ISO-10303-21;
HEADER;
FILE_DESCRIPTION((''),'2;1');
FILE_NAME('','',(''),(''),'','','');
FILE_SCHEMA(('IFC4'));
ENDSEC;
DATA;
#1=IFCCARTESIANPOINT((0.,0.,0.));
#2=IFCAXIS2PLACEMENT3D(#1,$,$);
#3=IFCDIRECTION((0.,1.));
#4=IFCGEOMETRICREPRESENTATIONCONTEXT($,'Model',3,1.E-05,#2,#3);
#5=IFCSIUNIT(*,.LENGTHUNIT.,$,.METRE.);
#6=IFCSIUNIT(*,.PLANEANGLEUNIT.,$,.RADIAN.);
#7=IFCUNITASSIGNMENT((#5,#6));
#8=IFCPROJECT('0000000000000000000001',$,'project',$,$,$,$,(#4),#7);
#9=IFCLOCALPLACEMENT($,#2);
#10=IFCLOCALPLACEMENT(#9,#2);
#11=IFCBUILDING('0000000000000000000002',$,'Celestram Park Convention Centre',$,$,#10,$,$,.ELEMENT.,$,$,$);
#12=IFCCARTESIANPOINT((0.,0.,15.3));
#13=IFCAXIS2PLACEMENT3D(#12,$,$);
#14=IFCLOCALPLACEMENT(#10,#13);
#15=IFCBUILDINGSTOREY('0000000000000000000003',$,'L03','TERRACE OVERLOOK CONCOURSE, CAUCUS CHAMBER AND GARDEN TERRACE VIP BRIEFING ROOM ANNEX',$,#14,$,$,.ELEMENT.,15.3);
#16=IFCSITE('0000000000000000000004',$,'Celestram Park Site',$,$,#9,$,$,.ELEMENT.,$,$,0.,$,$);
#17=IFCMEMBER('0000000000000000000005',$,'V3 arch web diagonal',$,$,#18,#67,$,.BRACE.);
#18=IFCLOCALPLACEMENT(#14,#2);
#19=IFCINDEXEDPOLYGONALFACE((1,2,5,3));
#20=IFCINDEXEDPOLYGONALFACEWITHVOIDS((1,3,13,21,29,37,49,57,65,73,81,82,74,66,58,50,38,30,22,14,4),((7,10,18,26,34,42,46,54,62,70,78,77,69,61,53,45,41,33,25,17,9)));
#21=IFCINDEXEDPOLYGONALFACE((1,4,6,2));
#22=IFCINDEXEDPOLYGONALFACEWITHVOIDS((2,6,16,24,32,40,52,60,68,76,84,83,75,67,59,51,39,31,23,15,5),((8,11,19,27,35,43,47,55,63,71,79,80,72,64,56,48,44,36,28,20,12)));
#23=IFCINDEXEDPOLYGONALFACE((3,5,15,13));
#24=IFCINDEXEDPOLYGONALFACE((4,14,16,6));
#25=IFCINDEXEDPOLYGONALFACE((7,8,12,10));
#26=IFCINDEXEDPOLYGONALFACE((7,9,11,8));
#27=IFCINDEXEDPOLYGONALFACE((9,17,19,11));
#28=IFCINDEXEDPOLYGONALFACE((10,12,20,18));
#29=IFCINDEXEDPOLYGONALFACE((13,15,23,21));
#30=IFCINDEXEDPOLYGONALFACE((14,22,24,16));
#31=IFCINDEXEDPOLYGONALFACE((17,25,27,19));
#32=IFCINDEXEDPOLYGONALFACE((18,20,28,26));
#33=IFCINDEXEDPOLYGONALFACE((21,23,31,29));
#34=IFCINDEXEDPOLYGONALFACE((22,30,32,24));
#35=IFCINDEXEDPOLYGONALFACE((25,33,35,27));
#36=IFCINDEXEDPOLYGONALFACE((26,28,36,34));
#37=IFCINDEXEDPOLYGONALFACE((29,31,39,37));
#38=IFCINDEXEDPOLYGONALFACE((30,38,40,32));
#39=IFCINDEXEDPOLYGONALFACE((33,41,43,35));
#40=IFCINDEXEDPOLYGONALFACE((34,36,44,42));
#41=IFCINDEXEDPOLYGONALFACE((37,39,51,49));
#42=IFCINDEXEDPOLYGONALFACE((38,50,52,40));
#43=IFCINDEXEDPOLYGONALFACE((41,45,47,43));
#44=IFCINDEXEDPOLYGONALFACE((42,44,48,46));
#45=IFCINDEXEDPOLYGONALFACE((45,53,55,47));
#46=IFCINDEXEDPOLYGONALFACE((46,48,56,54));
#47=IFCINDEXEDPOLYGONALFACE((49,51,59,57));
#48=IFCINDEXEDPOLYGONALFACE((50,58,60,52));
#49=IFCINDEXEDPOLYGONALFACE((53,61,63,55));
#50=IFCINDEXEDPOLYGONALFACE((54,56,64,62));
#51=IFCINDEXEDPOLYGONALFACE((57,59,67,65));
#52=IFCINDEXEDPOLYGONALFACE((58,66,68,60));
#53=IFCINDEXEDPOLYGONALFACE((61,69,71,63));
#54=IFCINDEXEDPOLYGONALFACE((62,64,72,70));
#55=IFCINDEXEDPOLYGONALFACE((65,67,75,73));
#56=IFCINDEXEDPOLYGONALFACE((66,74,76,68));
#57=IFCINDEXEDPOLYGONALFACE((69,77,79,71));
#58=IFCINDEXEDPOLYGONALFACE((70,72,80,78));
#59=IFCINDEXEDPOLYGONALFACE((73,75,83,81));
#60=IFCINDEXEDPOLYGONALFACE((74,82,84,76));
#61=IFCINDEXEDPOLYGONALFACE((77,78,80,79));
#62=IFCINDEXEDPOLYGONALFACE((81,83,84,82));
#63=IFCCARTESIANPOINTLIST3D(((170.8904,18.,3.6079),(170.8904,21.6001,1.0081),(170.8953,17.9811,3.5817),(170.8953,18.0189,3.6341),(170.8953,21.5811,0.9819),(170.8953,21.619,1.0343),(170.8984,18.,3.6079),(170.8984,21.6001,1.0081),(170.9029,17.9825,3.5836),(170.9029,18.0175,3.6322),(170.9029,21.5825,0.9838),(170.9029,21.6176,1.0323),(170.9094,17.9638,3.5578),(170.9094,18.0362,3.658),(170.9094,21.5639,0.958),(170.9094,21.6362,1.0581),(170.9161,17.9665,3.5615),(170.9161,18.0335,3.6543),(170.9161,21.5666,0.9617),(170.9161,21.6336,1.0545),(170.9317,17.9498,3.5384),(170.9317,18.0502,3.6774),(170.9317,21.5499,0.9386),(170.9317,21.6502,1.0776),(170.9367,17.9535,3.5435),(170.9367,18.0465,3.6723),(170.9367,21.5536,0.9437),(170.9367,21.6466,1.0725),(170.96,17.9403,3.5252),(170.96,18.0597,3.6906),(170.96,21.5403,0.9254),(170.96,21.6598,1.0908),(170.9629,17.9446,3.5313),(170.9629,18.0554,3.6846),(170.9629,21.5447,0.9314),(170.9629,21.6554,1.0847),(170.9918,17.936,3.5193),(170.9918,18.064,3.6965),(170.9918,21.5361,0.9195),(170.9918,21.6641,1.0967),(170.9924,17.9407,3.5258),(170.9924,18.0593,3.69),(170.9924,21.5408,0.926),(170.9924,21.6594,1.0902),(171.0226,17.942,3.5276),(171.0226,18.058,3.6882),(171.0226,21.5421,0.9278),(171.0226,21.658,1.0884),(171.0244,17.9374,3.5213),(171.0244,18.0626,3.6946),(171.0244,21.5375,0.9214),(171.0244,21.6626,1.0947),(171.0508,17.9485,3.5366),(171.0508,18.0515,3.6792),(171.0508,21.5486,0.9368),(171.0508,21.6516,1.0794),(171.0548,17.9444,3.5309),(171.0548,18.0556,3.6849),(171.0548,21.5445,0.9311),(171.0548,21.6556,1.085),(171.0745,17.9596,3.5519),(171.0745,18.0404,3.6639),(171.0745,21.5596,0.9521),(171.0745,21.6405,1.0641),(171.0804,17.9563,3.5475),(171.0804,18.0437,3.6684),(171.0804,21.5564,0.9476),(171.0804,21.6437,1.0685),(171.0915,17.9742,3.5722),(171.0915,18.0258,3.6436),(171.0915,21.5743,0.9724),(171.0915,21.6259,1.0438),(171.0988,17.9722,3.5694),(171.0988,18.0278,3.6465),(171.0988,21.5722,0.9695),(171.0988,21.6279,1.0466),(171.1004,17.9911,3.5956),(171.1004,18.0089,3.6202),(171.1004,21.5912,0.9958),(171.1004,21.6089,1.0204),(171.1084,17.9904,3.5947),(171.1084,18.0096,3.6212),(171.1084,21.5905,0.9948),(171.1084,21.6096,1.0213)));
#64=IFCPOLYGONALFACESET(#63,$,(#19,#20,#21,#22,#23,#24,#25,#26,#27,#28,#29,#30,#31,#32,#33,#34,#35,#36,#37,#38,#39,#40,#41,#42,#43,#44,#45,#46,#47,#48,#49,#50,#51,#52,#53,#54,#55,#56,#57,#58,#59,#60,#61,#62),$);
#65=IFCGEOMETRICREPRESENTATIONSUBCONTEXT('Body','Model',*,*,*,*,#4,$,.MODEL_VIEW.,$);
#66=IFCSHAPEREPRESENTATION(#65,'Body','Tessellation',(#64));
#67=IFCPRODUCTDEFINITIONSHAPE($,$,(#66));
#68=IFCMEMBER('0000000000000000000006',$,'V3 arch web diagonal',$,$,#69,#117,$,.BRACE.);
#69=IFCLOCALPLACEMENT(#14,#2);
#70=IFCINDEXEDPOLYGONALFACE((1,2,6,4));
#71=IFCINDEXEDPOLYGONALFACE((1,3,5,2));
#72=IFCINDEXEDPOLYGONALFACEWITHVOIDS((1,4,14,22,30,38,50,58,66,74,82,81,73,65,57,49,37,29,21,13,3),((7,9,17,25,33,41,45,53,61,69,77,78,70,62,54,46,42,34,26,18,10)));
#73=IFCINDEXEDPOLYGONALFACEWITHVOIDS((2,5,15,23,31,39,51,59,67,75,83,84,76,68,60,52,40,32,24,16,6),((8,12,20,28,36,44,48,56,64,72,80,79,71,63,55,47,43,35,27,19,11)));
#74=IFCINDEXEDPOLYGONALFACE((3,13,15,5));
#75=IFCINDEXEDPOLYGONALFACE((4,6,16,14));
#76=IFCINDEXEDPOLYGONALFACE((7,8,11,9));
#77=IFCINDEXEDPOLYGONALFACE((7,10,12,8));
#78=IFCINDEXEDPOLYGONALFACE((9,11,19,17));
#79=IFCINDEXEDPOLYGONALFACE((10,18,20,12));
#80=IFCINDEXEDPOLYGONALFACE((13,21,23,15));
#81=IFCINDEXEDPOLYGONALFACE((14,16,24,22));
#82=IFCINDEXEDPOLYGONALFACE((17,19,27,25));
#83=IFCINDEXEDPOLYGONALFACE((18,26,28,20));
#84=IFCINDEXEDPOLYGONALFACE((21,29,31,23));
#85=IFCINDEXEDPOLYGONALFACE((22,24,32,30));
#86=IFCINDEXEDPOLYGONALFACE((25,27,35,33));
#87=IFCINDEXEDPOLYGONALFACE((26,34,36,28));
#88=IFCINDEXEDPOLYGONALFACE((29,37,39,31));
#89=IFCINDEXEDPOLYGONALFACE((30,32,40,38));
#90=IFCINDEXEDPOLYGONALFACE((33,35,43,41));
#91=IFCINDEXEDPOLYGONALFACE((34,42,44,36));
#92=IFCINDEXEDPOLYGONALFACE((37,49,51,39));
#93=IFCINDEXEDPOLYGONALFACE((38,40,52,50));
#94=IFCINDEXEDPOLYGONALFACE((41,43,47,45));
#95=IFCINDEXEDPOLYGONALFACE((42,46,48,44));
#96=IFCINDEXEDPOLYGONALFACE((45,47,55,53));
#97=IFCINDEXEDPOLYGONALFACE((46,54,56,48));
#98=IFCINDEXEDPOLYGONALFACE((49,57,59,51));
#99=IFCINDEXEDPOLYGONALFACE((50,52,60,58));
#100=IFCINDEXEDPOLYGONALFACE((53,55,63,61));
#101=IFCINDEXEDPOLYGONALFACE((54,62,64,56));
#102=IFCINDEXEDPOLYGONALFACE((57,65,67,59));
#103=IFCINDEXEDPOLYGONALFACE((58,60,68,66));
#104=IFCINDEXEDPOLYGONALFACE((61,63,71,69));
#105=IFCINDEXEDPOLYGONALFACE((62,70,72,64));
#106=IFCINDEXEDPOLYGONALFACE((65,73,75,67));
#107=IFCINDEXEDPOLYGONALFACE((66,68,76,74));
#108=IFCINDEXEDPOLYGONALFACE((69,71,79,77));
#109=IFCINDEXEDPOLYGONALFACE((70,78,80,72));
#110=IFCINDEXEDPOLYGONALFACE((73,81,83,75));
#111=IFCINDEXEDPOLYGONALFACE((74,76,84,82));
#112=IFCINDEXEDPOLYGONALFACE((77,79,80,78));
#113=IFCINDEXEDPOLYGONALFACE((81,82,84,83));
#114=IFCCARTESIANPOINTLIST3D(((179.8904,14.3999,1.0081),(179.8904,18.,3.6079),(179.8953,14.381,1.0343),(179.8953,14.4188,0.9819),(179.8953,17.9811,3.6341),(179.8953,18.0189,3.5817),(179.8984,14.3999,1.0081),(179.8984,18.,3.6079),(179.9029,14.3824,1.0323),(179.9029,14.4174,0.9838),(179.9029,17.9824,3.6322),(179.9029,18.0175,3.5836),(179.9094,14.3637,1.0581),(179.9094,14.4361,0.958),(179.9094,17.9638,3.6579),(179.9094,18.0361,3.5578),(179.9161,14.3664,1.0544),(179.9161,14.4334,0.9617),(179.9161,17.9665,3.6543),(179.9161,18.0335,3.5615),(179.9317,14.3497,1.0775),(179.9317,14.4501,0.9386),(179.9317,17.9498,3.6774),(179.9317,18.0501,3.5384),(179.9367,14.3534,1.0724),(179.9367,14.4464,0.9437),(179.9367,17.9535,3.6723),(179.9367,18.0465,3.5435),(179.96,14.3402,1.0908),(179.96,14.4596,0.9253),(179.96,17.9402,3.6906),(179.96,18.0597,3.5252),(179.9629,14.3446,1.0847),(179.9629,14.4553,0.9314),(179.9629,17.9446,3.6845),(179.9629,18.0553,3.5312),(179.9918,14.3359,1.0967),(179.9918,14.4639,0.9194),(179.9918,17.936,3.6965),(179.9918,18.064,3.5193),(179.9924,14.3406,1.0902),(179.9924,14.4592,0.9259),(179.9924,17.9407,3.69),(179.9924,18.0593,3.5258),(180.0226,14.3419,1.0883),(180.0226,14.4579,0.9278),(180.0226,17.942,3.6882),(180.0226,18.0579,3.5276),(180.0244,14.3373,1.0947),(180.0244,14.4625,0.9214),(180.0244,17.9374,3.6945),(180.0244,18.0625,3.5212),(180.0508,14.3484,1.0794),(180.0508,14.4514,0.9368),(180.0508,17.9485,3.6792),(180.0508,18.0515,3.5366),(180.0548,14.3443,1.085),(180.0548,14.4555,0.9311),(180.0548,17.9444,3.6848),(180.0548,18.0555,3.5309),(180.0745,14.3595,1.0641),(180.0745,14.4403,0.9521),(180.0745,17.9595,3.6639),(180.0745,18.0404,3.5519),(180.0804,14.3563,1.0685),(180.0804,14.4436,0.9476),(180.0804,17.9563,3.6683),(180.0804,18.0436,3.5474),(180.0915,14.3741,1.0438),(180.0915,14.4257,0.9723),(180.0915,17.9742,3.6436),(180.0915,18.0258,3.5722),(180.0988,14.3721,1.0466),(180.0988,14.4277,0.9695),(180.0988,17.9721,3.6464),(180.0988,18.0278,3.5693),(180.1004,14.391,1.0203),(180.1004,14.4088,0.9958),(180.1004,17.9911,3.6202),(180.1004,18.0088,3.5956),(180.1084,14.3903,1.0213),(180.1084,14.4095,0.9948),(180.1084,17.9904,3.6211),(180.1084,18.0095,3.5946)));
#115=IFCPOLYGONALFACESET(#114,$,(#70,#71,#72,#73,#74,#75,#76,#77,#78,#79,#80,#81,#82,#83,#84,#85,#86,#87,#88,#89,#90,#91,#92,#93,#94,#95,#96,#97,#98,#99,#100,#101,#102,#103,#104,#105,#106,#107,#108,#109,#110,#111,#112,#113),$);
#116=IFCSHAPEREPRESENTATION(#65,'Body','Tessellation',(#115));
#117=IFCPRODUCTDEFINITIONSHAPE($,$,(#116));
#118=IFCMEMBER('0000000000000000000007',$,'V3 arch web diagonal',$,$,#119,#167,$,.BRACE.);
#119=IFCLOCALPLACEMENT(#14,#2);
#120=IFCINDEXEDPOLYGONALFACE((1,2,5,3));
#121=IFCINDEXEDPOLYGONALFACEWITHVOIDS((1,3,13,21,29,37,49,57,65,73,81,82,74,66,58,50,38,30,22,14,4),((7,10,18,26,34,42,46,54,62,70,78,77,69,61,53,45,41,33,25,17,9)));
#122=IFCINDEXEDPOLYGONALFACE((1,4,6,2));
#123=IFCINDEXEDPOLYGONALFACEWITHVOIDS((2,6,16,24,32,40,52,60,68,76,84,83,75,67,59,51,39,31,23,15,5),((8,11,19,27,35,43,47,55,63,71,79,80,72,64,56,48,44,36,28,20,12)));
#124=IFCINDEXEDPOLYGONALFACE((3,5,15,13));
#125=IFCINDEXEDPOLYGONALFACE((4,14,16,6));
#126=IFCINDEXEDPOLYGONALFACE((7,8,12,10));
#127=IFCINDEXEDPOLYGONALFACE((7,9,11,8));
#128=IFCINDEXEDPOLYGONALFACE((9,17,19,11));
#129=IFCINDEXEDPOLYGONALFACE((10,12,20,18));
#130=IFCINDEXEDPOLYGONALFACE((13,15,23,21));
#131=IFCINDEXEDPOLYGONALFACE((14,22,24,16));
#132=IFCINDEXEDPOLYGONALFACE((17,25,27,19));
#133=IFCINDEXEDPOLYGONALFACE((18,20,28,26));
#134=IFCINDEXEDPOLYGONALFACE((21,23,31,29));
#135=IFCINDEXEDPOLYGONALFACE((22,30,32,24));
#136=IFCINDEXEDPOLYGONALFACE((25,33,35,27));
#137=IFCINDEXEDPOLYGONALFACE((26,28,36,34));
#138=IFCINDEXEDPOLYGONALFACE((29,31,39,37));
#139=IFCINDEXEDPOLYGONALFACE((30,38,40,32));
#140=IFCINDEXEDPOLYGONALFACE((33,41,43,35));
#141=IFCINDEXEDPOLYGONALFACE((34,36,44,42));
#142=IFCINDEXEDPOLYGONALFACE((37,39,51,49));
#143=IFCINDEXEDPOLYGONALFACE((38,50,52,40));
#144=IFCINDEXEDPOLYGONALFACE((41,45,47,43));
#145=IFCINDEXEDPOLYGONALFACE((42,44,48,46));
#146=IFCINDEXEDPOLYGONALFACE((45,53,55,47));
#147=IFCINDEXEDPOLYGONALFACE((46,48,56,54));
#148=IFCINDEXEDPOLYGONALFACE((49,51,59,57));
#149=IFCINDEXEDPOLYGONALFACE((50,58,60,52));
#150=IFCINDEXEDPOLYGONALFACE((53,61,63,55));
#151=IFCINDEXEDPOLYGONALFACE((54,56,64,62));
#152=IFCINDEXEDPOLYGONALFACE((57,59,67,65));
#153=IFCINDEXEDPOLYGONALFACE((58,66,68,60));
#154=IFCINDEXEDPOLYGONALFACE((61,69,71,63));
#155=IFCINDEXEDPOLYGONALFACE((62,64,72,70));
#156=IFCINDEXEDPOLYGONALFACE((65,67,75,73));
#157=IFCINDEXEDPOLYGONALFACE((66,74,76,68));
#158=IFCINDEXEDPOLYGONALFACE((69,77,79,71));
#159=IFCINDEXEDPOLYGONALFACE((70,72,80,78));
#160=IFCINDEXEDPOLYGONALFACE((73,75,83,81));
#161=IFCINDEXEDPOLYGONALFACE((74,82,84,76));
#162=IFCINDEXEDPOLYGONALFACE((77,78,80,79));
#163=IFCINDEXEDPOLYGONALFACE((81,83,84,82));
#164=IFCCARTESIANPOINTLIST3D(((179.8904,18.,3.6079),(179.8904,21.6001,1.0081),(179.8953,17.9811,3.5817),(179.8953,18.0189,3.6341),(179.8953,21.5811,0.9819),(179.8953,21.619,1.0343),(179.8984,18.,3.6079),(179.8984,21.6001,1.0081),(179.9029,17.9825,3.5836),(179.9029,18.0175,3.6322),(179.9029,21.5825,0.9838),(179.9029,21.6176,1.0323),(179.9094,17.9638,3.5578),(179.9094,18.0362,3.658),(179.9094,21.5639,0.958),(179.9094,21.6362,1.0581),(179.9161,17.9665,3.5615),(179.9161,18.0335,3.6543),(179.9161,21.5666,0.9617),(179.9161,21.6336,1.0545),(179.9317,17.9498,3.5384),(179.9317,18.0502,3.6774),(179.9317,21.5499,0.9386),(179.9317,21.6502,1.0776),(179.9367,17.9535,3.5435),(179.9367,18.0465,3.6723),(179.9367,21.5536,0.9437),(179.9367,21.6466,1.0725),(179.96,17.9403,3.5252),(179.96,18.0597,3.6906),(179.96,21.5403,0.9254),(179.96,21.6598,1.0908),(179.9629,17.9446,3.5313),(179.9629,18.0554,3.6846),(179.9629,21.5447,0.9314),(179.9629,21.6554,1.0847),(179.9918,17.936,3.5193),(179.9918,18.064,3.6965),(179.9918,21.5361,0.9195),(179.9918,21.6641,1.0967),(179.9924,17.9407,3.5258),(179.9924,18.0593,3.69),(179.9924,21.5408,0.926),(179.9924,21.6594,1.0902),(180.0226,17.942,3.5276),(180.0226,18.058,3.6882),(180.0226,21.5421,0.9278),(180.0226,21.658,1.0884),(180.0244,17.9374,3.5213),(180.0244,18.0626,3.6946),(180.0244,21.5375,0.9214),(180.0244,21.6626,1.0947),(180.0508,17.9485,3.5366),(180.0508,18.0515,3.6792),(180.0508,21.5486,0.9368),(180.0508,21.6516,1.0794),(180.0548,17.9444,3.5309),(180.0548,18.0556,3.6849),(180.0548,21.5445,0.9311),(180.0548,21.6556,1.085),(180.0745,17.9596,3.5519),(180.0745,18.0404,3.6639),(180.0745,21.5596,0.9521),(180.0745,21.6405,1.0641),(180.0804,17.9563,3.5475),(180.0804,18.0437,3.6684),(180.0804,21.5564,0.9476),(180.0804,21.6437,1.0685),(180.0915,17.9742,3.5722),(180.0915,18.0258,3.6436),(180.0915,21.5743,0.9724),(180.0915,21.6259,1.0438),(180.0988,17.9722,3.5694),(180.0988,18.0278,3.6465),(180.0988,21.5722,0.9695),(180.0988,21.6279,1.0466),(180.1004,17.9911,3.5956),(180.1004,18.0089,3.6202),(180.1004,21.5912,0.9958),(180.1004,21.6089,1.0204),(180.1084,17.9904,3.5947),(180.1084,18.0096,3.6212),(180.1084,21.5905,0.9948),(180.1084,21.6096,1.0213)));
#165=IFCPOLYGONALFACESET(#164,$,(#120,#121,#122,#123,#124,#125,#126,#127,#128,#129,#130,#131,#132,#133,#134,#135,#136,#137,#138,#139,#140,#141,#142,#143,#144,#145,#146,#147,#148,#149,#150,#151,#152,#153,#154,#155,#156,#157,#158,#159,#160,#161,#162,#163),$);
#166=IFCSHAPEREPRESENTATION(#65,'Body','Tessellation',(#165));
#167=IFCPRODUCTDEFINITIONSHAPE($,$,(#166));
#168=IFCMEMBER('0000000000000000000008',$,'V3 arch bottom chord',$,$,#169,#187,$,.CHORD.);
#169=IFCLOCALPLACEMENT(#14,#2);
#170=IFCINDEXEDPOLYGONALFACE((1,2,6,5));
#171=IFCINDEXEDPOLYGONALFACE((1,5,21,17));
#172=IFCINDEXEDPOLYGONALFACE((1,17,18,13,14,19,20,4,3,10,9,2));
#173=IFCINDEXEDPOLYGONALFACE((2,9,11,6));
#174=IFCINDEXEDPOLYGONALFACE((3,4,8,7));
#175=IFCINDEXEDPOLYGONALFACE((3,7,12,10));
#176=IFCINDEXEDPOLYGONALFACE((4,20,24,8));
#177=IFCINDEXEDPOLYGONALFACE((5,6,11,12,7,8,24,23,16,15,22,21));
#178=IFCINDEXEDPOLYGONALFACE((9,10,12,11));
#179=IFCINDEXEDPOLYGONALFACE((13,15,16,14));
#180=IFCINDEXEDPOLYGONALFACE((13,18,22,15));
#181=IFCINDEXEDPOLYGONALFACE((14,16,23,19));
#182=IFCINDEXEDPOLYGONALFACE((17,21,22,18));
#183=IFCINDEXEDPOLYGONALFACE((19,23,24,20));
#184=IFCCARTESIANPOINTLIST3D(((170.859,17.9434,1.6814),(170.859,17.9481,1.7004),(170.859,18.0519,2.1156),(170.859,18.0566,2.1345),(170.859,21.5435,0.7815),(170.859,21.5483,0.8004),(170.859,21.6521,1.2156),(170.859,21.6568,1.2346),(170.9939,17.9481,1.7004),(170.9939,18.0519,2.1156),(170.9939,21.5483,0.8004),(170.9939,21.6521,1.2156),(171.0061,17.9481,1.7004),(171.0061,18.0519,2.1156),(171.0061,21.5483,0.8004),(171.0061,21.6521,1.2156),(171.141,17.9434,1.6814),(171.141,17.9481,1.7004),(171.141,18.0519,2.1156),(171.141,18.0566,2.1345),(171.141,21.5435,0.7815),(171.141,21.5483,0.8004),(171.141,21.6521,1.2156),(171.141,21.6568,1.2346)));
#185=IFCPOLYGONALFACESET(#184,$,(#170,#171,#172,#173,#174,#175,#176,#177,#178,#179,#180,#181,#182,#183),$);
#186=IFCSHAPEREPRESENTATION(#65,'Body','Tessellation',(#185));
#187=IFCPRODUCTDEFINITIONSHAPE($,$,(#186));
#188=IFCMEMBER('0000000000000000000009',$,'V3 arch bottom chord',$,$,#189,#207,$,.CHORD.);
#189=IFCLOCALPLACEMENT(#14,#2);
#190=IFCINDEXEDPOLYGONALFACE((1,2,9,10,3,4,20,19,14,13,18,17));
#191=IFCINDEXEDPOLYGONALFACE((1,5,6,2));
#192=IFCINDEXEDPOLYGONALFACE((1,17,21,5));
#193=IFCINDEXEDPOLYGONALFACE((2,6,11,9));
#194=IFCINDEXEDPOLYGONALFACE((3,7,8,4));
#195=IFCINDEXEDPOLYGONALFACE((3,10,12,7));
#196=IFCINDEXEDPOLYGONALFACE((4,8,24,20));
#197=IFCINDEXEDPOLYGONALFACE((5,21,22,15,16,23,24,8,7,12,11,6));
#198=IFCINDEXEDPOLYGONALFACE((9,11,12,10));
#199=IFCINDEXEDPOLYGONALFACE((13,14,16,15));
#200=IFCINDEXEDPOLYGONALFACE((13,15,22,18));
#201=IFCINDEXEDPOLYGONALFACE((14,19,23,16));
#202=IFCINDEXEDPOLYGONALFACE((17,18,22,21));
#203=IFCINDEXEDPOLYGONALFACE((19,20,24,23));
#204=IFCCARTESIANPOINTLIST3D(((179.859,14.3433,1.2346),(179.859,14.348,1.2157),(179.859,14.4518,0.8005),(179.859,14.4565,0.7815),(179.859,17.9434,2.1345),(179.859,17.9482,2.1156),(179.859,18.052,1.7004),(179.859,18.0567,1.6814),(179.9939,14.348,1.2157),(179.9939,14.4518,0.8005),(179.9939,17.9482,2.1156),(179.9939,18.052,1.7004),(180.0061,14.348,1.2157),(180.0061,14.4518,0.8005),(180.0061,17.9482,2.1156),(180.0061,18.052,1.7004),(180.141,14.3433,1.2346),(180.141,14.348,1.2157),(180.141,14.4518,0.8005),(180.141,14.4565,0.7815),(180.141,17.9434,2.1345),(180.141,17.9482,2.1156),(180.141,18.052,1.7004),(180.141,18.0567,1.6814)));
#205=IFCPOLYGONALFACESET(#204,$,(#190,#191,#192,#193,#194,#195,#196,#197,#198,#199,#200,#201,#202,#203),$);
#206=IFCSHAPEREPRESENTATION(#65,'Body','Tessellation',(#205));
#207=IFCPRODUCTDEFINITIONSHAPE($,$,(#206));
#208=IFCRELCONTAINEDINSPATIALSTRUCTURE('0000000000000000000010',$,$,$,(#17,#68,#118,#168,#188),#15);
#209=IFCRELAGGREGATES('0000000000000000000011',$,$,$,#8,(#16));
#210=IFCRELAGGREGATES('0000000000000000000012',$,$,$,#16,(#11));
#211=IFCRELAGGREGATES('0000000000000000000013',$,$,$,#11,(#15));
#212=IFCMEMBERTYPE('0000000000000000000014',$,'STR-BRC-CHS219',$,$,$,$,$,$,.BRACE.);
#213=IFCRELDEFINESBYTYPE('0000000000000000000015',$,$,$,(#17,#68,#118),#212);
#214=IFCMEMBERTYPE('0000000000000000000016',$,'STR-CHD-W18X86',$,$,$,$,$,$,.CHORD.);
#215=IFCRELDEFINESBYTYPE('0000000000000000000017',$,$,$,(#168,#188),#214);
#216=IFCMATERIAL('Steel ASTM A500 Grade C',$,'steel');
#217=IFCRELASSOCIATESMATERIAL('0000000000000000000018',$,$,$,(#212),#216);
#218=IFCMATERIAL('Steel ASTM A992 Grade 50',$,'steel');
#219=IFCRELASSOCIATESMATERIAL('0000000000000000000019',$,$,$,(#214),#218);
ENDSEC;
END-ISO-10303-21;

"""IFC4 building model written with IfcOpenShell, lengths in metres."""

from ifc_helpers import new_model, si_unit, direction, frame, origin, origin_2d, place, context, subcontext, project, spatial, hollow_circle, i_section, extrude, material, material_profile, profile_set, type_object, element, save


model = new_model("IFC4")

# Units and contexts
model_context = context("Model", 3, precision=1e-05, world=origin(), true_north=direction((0.0, 1.0)))
body_context = subcontext(model_context, "Body", "Model", "MODEL_VIEW")
ifc_project = project(units=[si_unit("LENGTHUNIT", "METRE"), si_unit("PLANEANGLEUNIT", "RADIAN")], contexts=[model_context])

# Site, building, storey
site_placement = place(None, origin())
site = spatial("IfcSite", under=ifc_project, at=site_placement, Name="Celestram Park Site", CompositionType="ELEMENT", RefElevation=0.0)
building_placement = place(site_placement, origin())
building = spatial("IfcBuilding", under=site, at=building_placement, Name="Celestram Park Convention Centre", CompositionType="ELEMENT")
storey_placement = place(building_placement, frame((0.0, 0.0, 15.3)))
storey = spatial("IfcBuildingStorey", under=building, at=storey_placement, Name="L03", Description="TERRACE OVERLOOK CONCOURSE, CAUCUS CHAMBER AND GARDEN TERRACE VIP BRIEFING ROOM ANNEX", CompositionType="ELEMENT", Elevation=15.3)

# Members
ifc_material_1 = material(Name="Steel ASTM A500 Grade C", Category="steel")
ifc_material_profile_1 = material_profile(ifc_material_1, hollow_circle(Radius=0.1096, WallThickness=0.0081, at=origin_2d()), Name="CHS219X8")
ifc_profile_set_1 = profile_set([ifc_material_profile_1], Name="Steel ASTM A500 Grade C")
member_type_1 = type_object("IfcMemberType", Name="STR-BRC-CHS219", PredefinedType="BRACE", material=ifc_profile_set_1)
for number, where, z_axis, x_axis, name in (
    (1, (171.0, 18.0, 3.6079), (0.0, 0.810702, -0.585458), (-1.0, 0.0, 0.0), "V3 arch web diagonal"),
    (2, (180.0, 14.3999, 1.0081), (0.0, 0.810702, 0.585458), (-1.0, 0.0, 0.0), "V3 arch web diagonal"),
    (3, (180.0, 18.0, 3.6079), (0.0, 0.810702, -0.585458), (-1.0, 0.0, 0.0), "V3 arch web diagonal"),
):
    element("IfcMember", number, at=place(storey_placement, frame(where, z_axis=z_axis, x_axis=x_axis)), inside=storey, type_object=member_type_1, Name=name, PredefinedType="BRACE", context=body_context, shape_type="SweptSolid", body=[
        extrude(hollow_circle(Radius=0.1096, WallThickness=0.0081, at=origin_2d()), origin(), (0.0, 0.0, 1.0), 4.4407),
    ])
ifc_material_2 = material(Name="Steel ASTM A992 Grade 50", Category="steel")
ifc_material_profile_2 = material_profile(ifc_material_2, i_section(OverallWidth=0.282, OverallDepth=0.467, WebThickness=0.0122, FlangeThickness=0.0195, at=origin_2d()), Name="W18X86")
ifc_profile_set_2 = profile_set([ifc_material_profile_2], Name="Steel ASTM A992 Grade 50")
member_type_2 = type_object("IfcMemberType", Name="STR-CHD-W18X86", PredefinedType="CHORD", material=ifc_profile_set_2)
for number, where, z_axis, x_axis, name in (
    (4, (171.0, 18.0, 1.908), (0.0, 0.97015, -0.242505), (-1.0, 0.0, 0.0), "V3 arch bottom chord"),
    (5, (180.0, 14.3999, 1.0081), (0.0, 0.97015, 0.242505), (-1.0, 0.0, 0.0), "V3 arch bottom chord"),
):
    element("IfcMember", number, at=place(storey_placement, frame(where, z_axis=z_axis, x_axis=x_axis)), inside=storey, type_object=member_type_2, Name=name, PredefinedType="CHORD", context=body_context, shape_type="SweptSolid", body=[
        extrude(i_section(OverallWidth=0.282, OverallDepth=0.467, WebThickness=0.0122, FlangeThickness=0.0195, at=origin_2d()), origin(), (0.0, 0.0, 1.0), 3.7109),
    ])

save(model, "model.ifc")
